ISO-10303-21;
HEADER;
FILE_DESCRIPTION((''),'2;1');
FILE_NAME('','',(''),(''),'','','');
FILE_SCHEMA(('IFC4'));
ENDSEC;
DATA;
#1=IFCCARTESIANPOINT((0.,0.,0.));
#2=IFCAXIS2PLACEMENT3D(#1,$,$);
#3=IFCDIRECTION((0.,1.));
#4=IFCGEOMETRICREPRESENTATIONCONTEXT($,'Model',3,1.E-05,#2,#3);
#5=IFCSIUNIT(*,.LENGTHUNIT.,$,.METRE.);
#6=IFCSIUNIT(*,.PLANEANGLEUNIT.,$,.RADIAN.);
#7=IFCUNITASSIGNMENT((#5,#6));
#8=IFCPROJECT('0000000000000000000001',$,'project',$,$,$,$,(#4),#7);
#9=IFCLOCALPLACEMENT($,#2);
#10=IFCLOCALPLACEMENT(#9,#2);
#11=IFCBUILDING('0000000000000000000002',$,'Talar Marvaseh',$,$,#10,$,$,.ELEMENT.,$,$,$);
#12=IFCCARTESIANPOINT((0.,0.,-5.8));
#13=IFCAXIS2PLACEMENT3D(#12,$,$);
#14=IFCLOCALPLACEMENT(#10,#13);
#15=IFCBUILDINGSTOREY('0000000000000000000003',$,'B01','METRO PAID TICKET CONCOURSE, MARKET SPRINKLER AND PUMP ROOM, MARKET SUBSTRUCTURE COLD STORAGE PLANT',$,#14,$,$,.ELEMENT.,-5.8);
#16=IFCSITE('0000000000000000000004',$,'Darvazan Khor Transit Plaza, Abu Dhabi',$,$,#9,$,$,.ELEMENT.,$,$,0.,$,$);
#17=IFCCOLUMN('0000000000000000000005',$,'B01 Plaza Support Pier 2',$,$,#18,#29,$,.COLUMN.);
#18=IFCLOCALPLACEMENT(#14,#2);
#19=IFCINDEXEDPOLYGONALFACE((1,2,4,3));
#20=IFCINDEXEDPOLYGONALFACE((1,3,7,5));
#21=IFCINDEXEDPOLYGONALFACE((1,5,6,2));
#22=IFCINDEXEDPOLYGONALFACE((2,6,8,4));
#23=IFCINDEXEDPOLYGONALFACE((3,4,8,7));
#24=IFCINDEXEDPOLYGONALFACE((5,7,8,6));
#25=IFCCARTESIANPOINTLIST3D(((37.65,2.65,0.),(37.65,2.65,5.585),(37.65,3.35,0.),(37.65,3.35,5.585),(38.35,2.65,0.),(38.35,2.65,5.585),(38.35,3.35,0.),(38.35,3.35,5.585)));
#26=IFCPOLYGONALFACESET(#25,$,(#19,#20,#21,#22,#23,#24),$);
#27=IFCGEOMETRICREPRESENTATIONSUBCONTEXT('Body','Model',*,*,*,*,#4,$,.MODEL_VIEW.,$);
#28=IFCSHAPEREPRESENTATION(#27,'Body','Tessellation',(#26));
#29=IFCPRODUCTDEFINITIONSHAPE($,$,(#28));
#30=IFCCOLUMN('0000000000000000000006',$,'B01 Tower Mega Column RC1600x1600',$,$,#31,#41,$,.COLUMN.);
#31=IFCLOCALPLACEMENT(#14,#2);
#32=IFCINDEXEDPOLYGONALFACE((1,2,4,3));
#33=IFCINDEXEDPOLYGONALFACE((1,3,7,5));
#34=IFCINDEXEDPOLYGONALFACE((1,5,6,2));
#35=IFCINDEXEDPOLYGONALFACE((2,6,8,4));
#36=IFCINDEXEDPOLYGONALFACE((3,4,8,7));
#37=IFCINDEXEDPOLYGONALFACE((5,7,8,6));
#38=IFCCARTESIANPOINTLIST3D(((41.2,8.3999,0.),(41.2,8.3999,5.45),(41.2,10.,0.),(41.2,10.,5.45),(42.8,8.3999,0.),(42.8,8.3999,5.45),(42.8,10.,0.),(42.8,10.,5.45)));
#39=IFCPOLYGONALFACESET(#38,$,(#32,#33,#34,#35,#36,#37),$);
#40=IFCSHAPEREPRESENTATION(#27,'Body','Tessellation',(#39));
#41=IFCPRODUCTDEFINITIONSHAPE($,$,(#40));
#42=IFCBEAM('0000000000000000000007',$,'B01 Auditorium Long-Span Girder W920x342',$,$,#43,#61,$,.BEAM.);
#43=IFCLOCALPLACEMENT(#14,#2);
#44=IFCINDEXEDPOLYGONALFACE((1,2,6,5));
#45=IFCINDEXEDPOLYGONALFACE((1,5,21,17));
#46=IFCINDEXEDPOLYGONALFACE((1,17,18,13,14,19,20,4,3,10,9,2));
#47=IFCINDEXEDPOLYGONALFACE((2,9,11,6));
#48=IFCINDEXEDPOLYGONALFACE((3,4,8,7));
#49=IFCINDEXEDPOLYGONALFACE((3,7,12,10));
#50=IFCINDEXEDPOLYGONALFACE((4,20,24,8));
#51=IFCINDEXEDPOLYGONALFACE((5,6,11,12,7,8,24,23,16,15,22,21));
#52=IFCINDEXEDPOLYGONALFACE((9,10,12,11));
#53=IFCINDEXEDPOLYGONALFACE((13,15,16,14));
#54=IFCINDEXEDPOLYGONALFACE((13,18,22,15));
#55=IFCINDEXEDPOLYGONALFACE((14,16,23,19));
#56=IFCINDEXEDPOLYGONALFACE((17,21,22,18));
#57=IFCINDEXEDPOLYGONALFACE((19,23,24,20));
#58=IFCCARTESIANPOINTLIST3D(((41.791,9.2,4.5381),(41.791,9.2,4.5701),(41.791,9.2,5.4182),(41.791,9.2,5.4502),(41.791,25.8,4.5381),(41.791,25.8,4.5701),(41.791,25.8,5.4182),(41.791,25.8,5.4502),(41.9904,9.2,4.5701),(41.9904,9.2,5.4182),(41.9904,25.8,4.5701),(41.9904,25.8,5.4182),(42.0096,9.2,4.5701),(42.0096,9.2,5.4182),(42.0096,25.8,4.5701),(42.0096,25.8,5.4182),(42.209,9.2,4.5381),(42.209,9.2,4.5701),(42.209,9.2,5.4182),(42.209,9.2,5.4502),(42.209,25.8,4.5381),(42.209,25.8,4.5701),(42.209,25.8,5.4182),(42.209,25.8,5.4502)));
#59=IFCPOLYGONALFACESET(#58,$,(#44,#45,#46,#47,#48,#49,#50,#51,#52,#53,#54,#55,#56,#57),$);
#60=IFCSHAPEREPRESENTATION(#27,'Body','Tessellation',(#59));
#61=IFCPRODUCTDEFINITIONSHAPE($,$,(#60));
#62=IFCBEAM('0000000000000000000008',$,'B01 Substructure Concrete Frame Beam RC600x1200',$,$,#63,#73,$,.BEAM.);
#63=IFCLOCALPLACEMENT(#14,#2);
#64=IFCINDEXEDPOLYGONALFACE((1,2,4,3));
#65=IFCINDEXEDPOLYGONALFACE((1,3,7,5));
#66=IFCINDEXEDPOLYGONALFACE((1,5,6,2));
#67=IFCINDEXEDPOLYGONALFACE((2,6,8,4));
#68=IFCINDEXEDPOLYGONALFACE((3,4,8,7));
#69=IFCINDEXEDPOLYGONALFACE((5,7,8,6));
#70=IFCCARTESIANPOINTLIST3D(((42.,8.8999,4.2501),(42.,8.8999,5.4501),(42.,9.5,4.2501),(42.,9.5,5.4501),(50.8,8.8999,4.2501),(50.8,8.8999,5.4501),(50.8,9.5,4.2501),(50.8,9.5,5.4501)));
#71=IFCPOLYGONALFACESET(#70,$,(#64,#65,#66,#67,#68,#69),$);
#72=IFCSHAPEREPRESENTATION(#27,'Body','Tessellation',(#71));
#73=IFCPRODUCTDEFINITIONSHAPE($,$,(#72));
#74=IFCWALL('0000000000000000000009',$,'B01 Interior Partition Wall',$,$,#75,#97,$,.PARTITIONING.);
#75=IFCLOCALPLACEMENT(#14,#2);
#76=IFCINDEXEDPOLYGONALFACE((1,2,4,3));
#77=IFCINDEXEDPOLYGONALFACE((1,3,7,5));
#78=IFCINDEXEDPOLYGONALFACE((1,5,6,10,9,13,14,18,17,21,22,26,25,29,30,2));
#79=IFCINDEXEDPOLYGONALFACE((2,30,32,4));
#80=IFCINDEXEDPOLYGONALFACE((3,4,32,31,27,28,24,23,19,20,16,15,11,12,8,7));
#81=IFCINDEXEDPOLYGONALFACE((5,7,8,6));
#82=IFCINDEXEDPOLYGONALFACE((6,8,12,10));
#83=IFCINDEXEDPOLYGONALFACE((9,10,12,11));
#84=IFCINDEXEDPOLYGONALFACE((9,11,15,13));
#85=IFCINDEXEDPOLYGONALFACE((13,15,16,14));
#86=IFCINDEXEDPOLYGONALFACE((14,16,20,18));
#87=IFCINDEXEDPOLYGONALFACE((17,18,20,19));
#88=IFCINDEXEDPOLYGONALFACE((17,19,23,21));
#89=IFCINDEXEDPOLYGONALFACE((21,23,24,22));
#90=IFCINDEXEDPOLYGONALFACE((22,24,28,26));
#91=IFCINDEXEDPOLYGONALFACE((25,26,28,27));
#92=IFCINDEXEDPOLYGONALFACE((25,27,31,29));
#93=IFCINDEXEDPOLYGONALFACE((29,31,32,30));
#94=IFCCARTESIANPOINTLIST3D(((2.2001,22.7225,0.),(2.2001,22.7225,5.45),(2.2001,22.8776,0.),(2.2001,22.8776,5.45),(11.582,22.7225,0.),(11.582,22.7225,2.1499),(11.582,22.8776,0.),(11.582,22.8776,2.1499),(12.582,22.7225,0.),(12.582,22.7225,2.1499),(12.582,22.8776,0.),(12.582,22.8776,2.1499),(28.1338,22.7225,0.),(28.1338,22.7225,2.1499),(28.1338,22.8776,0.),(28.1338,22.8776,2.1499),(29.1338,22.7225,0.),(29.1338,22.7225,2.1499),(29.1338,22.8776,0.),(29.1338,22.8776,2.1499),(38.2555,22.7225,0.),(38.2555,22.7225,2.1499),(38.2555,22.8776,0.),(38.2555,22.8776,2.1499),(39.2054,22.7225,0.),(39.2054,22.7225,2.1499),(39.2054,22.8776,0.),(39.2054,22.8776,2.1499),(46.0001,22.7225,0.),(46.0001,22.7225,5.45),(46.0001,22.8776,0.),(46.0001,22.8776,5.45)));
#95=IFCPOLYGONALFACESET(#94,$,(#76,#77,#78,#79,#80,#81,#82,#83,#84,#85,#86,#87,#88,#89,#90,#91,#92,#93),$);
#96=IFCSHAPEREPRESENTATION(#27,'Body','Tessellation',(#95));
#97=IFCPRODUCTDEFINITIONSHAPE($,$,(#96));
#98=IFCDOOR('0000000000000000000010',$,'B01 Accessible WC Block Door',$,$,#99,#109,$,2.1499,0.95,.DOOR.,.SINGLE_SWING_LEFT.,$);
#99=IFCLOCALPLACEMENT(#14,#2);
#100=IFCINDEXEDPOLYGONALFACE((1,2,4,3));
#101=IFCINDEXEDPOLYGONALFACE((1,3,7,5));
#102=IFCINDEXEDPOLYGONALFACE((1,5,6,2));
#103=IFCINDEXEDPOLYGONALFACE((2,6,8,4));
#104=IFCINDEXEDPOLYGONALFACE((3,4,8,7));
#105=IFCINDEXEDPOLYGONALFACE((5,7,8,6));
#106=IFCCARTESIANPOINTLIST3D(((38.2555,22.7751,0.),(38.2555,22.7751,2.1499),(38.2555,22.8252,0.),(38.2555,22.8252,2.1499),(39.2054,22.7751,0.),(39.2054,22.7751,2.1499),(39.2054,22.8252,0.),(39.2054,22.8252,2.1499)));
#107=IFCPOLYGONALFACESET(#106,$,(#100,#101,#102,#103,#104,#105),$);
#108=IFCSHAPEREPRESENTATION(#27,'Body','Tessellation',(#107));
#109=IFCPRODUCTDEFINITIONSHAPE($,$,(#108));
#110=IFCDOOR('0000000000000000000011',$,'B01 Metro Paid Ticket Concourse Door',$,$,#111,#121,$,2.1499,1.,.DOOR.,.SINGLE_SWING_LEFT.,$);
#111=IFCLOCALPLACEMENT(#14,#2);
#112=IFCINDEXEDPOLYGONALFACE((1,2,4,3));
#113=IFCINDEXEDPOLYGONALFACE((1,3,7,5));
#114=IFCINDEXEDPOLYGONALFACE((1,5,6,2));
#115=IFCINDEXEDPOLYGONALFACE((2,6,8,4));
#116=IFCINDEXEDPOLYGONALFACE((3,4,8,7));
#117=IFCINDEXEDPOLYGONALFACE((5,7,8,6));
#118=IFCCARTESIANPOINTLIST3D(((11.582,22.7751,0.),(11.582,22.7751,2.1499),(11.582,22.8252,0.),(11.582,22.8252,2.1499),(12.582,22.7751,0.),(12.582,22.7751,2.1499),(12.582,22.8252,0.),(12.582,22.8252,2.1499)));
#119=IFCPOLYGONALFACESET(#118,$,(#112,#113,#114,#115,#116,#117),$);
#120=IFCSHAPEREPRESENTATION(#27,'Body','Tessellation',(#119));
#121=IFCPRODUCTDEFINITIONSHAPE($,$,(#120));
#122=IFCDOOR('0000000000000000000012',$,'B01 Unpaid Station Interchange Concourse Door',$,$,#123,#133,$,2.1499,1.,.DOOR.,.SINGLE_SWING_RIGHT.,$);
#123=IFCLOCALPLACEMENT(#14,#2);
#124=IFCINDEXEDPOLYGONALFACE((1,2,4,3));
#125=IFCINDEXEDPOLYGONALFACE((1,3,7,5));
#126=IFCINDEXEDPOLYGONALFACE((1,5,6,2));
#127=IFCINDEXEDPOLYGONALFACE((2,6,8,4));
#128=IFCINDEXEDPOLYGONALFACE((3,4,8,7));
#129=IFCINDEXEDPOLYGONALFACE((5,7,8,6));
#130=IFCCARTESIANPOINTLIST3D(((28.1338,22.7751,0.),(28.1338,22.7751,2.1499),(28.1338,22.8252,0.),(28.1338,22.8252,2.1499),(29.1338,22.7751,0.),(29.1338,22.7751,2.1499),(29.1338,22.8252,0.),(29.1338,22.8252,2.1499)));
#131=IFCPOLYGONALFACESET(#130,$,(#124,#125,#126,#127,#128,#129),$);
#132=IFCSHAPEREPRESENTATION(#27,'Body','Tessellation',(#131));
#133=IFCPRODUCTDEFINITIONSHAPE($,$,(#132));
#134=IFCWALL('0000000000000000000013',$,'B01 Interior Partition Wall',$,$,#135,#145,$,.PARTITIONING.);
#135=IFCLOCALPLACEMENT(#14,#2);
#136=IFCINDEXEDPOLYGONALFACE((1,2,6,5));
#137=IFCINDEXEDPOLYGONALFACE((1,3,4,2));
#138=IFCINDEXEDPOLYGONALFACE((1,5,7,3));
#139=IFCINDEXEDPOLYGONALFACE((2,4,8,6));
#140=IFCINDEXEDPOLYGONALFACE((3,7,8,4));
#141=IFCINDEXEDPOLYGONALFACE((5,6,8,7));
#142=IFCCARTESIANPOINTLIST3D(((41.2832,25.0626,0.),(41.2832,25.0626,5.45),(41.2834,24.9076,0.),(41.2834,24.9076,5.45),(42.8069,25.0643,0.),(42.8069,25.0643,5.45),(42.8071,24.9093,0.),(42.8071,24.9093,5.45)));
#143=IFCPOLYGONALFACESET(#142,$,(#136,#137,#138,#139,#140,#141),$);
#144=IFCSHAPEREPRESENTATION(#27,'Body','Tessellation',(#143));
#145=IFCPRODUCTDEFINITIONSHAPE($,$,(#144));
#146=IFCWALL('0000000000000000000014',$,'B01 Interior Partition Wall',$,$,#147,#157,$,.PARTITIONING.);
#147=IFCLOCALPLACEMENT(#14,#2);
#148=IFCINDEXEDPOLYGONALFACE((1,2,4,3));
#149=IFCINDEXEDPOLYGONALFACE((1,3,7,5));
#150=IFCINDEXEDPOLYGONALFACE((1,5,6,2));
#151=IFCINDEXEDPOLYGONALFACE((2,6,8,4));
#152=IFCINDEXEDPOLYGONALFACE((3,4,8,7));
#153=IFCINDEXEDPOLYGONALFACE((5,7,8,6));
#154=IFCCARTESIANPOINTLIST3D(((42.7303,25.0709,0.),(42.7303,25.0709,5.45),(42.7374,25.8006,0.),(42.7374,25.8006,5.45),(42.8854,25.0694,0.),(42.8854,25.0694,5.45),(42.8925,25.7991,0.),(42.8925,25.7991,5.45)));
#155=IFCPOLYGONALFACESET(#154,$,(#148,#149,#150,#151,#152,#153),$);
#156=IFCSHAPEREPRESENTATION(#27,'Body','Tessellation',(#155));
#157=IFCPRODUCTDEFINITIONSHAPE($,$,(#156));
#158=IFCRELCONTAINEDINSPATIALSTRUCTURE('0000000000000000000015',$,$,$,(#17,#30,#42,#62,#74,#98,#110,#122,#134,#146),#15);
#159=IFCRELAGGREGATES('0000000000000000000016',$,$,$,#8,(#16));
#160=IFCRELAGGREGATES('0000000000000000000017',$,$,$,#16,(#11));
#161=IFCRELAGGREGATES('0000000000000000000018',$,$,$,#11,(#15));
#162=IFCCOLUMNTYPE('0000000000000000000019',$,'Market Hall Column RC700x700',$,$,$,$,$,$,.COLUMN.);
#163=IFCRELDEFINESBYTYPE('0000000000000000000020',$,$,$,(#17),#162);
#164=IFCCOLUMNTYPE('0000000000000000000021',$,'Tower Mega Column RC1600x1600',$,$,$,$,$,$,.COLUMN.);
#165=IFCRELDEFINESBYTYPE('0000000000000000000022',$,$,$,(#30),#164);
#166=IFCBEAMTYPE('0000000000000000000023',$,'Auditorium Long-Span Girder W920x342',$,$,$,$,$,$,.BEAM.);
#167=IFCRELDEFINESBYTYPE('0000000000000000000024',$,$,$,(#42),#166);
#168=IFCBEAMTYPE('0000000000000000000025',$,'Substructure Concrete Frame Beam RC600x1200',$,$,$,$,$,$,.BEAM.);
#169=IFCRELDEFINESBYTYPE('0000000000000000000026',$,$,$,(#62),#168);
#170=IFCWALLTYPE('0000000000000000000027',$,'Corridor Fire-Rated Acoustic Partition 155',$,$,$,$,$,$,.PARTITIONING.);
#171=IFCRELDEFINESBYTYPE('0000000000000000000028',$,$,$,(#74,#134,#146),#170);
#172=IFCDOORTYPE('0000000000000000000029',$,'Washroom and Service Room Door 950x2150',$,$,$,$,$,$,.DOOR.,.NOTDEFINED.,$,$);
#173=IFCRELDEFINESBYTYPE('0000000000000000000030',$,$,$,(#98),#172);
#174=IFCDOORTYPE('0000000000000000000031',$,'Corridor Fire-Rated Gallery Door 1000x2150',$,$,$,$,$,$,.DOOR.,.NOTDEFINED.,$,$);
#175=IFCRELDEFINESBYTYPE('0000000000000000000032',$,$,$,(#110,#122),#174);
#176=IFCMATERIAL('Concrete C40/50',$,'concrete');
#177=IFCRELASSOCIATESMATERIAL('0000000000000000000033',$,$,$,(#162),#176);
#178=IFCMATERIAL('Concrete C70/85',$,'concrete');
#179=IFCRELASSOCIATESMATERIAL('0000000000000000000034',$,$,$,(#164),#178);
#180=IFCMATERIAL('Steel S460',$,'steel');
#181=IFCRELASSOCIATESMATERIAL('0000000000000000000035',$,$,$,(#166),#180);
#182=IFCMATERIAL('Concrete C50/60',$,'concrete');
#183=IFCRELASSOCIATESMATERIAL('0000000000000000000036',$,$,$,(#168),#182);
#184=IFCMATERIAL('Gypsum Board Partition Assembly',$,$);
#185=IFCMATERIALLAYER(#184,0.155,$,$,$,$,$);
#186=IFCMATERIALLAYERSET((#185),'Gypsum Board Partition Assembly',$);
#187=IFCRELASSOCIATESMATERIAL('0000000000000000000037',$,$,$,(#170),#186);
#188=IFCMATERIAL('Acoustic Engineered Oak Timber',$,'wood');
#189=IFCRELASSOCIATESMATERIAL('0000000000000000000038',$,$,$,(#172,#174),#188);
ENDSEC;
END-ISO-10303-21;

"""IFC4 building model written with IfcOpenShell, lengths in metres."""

from ifc_helpers import new_model, si_unit, direction, frame, frame_2d, origin, origin_2d, place, context, subcontext, project, spatial, rectangle, i_section, extrude, source, transform, mapped, material, layer, layer_set, material_profile, profile_set, type_object, type_shapes, element, fill, save


model = new_model("IFC4")

# Units and contexts
model_context = context("Model", 3, precision=1e-05, world=origin(), true_north=direction((0.0, 1.0)))
body_context = subcontext(model_context, "Body", "Model", "MODEL_VIEW")
ifc_project = project(units=[si_unit("LENGTHUNIT", "METRE"), si_unit("PLANEANGLEUNIT", "RADIAN")], contexts=[model_context])

# Site, building, storey
site_placement = place(None, origin())
site = spatial("IfcSite", under=ifc_project, at=site_placement, Name="Darvazan Khor Transit Plaza, Abu Dhabi", CompositionType="ELEMENT", RefElevation=0.0)
building_placement = place(site_placement, origin())
building = spatial("IfcBuilding", under=site, at=building_placement, Name="Talar Marvaseh", CompositionType="ELEMENT")
storey_placement = place(building_placement, frame((0.0, 0.0, -5.8)))
storey = spatial("IfcBuildingStorey", under=building, at=storey_placement, Name="B01", Description="METRO PAID TICKET CONCOURSE, MARKET SPRINKLER AND PUMP ROOM, MARKET SUBSTRUCTURE COLD STORAGE PLANT", CompositionType="ELEMENT", Elevation=-5.8)

# Columns
ifc_material_1 = material(Name="Concrete C40/50", Category="concrete")
ifc_material_profile_1 = material_profile(ifc_material_1, rectangle(XDim=0.7, YDim=0.7, at=origin_2d()), Name="RC700x700")
ifc_profile_set_1 = profile_set([ifc_material_profile_1], Name="Concrete C40/50")
column_type_1 = type_object("IfcColumnType", Name="Market Hall Column RC700x700", PredefinedType="COLUMN", material=ifc_profile_set_1)
column_1_placement = place(storey_placement, frame((38.0, 3.0, 0.0), z_axis=(0.0, 0.0, 1.0), x_axis=(1.0, 0.0, 0.0)))
element("IfcColumn", 1, at=column_1_placement, inside=storey, type_object=column_type_1, Name="B01 Plaza Support Pier 2", PredefinedType="COLUMN", context=body_context, shape_type="SweptSolid", body=[
    extrude(rectangle(XDim=0.7, YDim=0.7, at=origin_2d()), origin(), (0.0, 0.0, 1.0), 5.585),
])
ifc_material_2 = material(Name="Concrete C70/85", Category="concrete")
ifc_material_profile_2 = material_profile(ifc_material_2, rectangle(XDim=1.6001, YDim=1.6001, at=origin_2d()), Name="RC1600x1600")
ifc_profile_set_2 = profile_set([ifc_material_profile_2], Name="Concrete C70/85")
column_type_2 = type_object("IfcColumnType", Name="Tower Mega Column RC1600x1600", PredefinedType="COLUMN", material=ifc_profile_set_2)
column_2_placement = place(storey_placement, frame((42.0, 9.2, 0.0), z_axis=(0.0, 0.0, 1.0), x_axis=(1.0, 0.0, 0.0)))
element("IfcColumn", 2, at=column_2_placement, inside=storey, type_object=column_type_2, Name="B01 Tower Mega Column RC1600x1600", PredefinedType="COLUMN", context=body_context, shape_type="SweptSolid", body=[
    extrude(rectangle(XDim=1.6001, YDim=1.6001, at=origin_2d()), origin(), (0.0, 0.0, 1.0), 5.45),
])

# Beams
ifc_material_3 = material(Name="Steel S460", Category="steel")
ifc_material_profile_3 = material_profile(ifc_material_3, i_section(OverallWidth=0.418, OverallDepth=0.9121, WebThickness=0.0193, FlangeThickness=0.032, at=origin_2d()), Name="W920x342")
ifc_profile_set_3 = profile_set([ifc_material_profile_3], Name="Steel S460")
beam_type_1 = type_object("IfcBeamType", Name="Auditorium Long-Span Girder W920x342", PredefinedType="BEAM", material=ifc_profile_set_3)
beam_1_placement = place(storey_placement, frame((42.0, 9.2, 4.9941), z_axis=(0.0, 1.0, 0.0), x_axis=(-1.0, 0.0, 0.0)))
element("IfcBeam", 3, at=beam_1_placement, inside=storey, type_object=beam_type_1, Name="B01 Auditorium Long-Span Girder W920x342", PredefinedType="BEAM", context=body_context, shape_type="SweptSolid", body=[
    extrude(i_section(OverallWidth=0.418, OverallDepth=0.9121, WebThickness=0.0193, FlangeThickness=0.032, at=origin_2d()), origin(), (0.0, 0.0, 1.0), 16.6001),
])
ifc_material_4 = material(Name="Concrete C50/60", Category="concrete")
ifc_material_profile_4 = material_profile(ifc_material_4, rectangle(XDim=0.6001, YDim=1.2, at=origin_2d()), Name="RC600x1200")
ifc_profile_set_4 = profile_set([ifc_material_profile_4], Name="Concrete C50/60")
beam_type_2 = type_object("IfcBeamType", Name="Substructure Concrete Frame Beam RC600x1200", PredefinedType="BEAM", material=ifc_profile_set_4)
beam_2_placement = place(storey_placement, frame((42.0, 9.2, 4.8501), z_axis=(1.0, 0.0, 0.0), x_axis=(0.0, 1.0, 0.0)))
element("IfcBeam", 4, at=beam_2_placement, inside=storey, type_object=beam_type_2, Name="B01 Substructure Concrete Frame Beam RC600x1200", PredefinedType="BEAM", context=body_context, shape_type="SweptSolid", body=[
    extrude(rectangle(XDim=0.6001, YDim=1.2, at=origin_2d()), origin(), (0.0, 0.0, 1.0), 8.8),
])

# Wall, openings, doors
ifc_material_5 = material(Name="Gypsum Board Partition Assembly")
ifc_layer_1 = layer(ifc_material_5, 0.155)
ifc_layer_set_1 = layer_set([ifc_layer_1], Name="Gypsum Board Partition Assembly")
wall_type_1 = type_object("IfcWallType", Name="Corridor Fire-Rated Acoustic Partition 155", PredefinedType="PARTITIONING", material=ifc_layer_set_1)
wall_1_placement = place(storey_placement, frame((46.0, 22.8, 0.0), z_axis=(0.0, 0.0, 1.0), x_axis=(-1.0, 0.0, 0.0)))
wall_1 = element("IfcWall", 5, at=wall_1_placement, inside=storey, type_object=wall_type_1, Name="B01 Interior Partition Wall", PredefinedType="PARTITIONING", context=body_context, shape_type="SweptSolid", body=[
    extrude(rectangle(XDim=43.8, YDim=0.155, at=frame_2d((21.8999, 0.0))), origin(), (0.0, 0.0, 1.0), 5.45),
])
opening_1_placement = place(wall_1_placement, frame((33.418, 0.0, 0.0)))
opening_1 = element("IfcOpeningElement", 6, at=opening_1_placement, cuts=wall_1, PredefinedType="OPENING", context=body_context, shape_type="SweptSolid", body=[
    extrude(rectangle(XDim=1.0, YDim=2.1499, at=frame_2d((0.5, 1.075))), frame((0.0, 0.0874, 0.0), z_axis=(0.0, -1.0, 0.0), x_axis=(1.0, 0.0, 0.0)), (0.0, 0.0, 1.0), 0.175),
])
opening_2_placement = place(wall_1_placement, frame((16.8662, 0.0, 0.0)))
opening_2 = element("IfcOpeningElement", 7, at=opening_2_placement, cuts=wall_1, PredefinedType="OPENING", context=body_context, shape_type="SweptSolid", body=[
    extrude(rectangle(XDim=1.0, YDim=2.1499, at=frame_2d((0.5, 1.075))), frame((0.0, 0.0874, 0.0), z_axis=(0.0, -1.0, 0.0), x_axis=(1.0, 0.0, 0.0)), (0.0, 0.0, 1.0), 0.175),
])
opening_3_placement = place(wall_1_placement, frame((6.7944, 0.0, 0.0)))
opening_3 = element("IfcOpeningElement", 8, at=opening_3_placement, cuts=wall_1, PredefinedType="OPENING", context=body_context, shape_type="SweptSolid", body=[
    extrude(rectangle(XDim=0.95, YDim=2.1499, at=frame_2d((0.4751, 1.075))), frame((0.0, 0.0874, 0.0), z_axis=(0.0, -1.0, 0.0), x_axis=(1.0, 0.0, 0.0)), (0.0, 0.0, 1.0), 0.175),
])
ifc_material_6 = material(Name="Acoustic Engineered Oak Timber", Category="wood")
door_type_1 = type_object("IfcDoorType", Name="Washroom and Service Room Door 950x2150", OperationType="NOTDEFINED", PredefinedType="DOOR", material=ifc_material_6)
shared_shape_1 = source(origin(), body_context, "Body", "SweptSolid", [
    extrude(rectangle(XDim=0.95, YDim=2.1499, at=frame_2d((0.4751, 1.075))), frame((0.0, 0.0249, 0.0), z_axis=(0.0, -1.0, 0.0), x_axis=(1.0, 0.0, 0.0)), (0.0, 0.0, 1.0), 0.05),
])
type_shapes(door_type_1, [shared_shape_1])
door_1_placement = place(opening_3_placement, origin())
door_1 = element("IfcDoor", 9, at=door_1_placement, inside=storey, type_object=door_type_1, Name="B01 Accessible WC Block Door", OperationType="SINGLE_SWING_LEFT", OverallHeight=2.1499, OverallWidth=0.95, PredefinedType="DOOR", context=body_context, shape_type="MappedRepresentation", body=[
    mapped(shared_shape_1, transform((0.0, 0.0, 0.0), x_axis=(1.0, 0.0, 0.0), y_axis=(0.0, 1.0, 0.0), z_axis=(0.0, 0.0, 1.0), scale=1.0)),
])
fill(opening_3, door_1)
door_type_2 = type_object("IfcDoorType", Name="Corridor Fire-Rated Gallery Door 1000x2150", OperationType="NOTDEFINED", PredefinedType="DOOR", material=ifc_material_6)
shared_shape_2 = source(origin(), body_context, "Body", "SweptSolid", [
    extrude(rectangle(XDim=1.0, YDim=2.1499, at=frame_2d((0.5, 1.075))), frame((0.0, 0.0249, 0.0), z_axis=(0.0, -1.0, 0.0), x_axis=(1.0, 0.0, 0.0)), (0.0, 0.0, 1.0), 0.05),
])
type_shapes(door_type_2, [shared_shape_2])
door_2_placement = place(opening_1_placement, origin())
door_2 = element("IfcDoor", 10, at=door_2_placement, inside=storey, type_object=door_type_2, Name="B01 Metro Paid Ticket Concourse Door", OperationType="SINGLE_SWING_LEFT", OverallHeight=2.1499, OverallWidth=1.0, PredefinedType="DOOR", context=body_context, shape_type="MappedRepresentation", body=[
    mapped(shared_shape_2, transform((0.0, 0.0, 0.0), x_axis=(1.0, 0.0, 0.0), y_axis=(0.0, 1.0, 0.0), z_axis=(0.0, 0.0, 1.0), scale=1.0)),
])
fill(opening_1, door_2)
door_3_placement = place(opening_2_placement, origin())
door_3 = element("IfcDoor", 11, at=door_3_placement, inside=storey, type_object=door_type_2, Name="B01 Unpaid Station Interchange Concourse Door", OperationType="SINGLE_SWING_RIGHT", OverallHeight=2.1499, OverallWidth=1.0, PredefinedType="DOOR", context=body_context, shape_type="MappedRepresentation", body=[
    mapped(shared_shape_2, transform((0.0, 0.0, 0.0), x_axis=(1.0, 0.0, 0.0), y_axis=(0.0, 1.0, 0.0), z_axis=(0.0, 0.0, 1.0), scale=1.0)),
])
fill(opening_2, door_3)

# Walls
wall_2_placement = place(storey_placement, frame((41.2834, 24.9851, 0.0), z_axis=(0.0, 0.0, 1.0), x_axis=(0.999999, 0.001122, 0.0)))
element("IfcWall", 12, at=wall_2_placement, inside=storey, type_object=wall_type_1, Name="B01 Interior Partition Wall", PredefinedType="PARTITIONING", context=body_context, shape_type="SweptSolid", body=[
    extrude(rectangle(XDim=1.5237, YDim=0.155, at=frame_2d((0.7617, 0.0))), origin(), (0.0, 0.0, 1.0), 5.45),
])
wall_3_placement = place(storey_placement, frame((42.8079, 25.0703, 0.0), z_axis=(0.0, 0.0, 1.0), x_axis=(0.009702, 0.999953, 0.0)))
element("IfcWall", 13, at=wall_3_placement, inside=storey, type_object=wall_type_1, Name="B01 Interior Partition Wall", PredefinedType="PARTITIONING", context=body_context, shape_type="SweptSolid", body=[
    extrude(rectangle(XDim=0.7297, YDim=0.155, at=frame_2d((0.3647, 0.0))), origin(), (0.0, 0.0, 1.0), 5.45),
])

save(model, "model.ifc")
